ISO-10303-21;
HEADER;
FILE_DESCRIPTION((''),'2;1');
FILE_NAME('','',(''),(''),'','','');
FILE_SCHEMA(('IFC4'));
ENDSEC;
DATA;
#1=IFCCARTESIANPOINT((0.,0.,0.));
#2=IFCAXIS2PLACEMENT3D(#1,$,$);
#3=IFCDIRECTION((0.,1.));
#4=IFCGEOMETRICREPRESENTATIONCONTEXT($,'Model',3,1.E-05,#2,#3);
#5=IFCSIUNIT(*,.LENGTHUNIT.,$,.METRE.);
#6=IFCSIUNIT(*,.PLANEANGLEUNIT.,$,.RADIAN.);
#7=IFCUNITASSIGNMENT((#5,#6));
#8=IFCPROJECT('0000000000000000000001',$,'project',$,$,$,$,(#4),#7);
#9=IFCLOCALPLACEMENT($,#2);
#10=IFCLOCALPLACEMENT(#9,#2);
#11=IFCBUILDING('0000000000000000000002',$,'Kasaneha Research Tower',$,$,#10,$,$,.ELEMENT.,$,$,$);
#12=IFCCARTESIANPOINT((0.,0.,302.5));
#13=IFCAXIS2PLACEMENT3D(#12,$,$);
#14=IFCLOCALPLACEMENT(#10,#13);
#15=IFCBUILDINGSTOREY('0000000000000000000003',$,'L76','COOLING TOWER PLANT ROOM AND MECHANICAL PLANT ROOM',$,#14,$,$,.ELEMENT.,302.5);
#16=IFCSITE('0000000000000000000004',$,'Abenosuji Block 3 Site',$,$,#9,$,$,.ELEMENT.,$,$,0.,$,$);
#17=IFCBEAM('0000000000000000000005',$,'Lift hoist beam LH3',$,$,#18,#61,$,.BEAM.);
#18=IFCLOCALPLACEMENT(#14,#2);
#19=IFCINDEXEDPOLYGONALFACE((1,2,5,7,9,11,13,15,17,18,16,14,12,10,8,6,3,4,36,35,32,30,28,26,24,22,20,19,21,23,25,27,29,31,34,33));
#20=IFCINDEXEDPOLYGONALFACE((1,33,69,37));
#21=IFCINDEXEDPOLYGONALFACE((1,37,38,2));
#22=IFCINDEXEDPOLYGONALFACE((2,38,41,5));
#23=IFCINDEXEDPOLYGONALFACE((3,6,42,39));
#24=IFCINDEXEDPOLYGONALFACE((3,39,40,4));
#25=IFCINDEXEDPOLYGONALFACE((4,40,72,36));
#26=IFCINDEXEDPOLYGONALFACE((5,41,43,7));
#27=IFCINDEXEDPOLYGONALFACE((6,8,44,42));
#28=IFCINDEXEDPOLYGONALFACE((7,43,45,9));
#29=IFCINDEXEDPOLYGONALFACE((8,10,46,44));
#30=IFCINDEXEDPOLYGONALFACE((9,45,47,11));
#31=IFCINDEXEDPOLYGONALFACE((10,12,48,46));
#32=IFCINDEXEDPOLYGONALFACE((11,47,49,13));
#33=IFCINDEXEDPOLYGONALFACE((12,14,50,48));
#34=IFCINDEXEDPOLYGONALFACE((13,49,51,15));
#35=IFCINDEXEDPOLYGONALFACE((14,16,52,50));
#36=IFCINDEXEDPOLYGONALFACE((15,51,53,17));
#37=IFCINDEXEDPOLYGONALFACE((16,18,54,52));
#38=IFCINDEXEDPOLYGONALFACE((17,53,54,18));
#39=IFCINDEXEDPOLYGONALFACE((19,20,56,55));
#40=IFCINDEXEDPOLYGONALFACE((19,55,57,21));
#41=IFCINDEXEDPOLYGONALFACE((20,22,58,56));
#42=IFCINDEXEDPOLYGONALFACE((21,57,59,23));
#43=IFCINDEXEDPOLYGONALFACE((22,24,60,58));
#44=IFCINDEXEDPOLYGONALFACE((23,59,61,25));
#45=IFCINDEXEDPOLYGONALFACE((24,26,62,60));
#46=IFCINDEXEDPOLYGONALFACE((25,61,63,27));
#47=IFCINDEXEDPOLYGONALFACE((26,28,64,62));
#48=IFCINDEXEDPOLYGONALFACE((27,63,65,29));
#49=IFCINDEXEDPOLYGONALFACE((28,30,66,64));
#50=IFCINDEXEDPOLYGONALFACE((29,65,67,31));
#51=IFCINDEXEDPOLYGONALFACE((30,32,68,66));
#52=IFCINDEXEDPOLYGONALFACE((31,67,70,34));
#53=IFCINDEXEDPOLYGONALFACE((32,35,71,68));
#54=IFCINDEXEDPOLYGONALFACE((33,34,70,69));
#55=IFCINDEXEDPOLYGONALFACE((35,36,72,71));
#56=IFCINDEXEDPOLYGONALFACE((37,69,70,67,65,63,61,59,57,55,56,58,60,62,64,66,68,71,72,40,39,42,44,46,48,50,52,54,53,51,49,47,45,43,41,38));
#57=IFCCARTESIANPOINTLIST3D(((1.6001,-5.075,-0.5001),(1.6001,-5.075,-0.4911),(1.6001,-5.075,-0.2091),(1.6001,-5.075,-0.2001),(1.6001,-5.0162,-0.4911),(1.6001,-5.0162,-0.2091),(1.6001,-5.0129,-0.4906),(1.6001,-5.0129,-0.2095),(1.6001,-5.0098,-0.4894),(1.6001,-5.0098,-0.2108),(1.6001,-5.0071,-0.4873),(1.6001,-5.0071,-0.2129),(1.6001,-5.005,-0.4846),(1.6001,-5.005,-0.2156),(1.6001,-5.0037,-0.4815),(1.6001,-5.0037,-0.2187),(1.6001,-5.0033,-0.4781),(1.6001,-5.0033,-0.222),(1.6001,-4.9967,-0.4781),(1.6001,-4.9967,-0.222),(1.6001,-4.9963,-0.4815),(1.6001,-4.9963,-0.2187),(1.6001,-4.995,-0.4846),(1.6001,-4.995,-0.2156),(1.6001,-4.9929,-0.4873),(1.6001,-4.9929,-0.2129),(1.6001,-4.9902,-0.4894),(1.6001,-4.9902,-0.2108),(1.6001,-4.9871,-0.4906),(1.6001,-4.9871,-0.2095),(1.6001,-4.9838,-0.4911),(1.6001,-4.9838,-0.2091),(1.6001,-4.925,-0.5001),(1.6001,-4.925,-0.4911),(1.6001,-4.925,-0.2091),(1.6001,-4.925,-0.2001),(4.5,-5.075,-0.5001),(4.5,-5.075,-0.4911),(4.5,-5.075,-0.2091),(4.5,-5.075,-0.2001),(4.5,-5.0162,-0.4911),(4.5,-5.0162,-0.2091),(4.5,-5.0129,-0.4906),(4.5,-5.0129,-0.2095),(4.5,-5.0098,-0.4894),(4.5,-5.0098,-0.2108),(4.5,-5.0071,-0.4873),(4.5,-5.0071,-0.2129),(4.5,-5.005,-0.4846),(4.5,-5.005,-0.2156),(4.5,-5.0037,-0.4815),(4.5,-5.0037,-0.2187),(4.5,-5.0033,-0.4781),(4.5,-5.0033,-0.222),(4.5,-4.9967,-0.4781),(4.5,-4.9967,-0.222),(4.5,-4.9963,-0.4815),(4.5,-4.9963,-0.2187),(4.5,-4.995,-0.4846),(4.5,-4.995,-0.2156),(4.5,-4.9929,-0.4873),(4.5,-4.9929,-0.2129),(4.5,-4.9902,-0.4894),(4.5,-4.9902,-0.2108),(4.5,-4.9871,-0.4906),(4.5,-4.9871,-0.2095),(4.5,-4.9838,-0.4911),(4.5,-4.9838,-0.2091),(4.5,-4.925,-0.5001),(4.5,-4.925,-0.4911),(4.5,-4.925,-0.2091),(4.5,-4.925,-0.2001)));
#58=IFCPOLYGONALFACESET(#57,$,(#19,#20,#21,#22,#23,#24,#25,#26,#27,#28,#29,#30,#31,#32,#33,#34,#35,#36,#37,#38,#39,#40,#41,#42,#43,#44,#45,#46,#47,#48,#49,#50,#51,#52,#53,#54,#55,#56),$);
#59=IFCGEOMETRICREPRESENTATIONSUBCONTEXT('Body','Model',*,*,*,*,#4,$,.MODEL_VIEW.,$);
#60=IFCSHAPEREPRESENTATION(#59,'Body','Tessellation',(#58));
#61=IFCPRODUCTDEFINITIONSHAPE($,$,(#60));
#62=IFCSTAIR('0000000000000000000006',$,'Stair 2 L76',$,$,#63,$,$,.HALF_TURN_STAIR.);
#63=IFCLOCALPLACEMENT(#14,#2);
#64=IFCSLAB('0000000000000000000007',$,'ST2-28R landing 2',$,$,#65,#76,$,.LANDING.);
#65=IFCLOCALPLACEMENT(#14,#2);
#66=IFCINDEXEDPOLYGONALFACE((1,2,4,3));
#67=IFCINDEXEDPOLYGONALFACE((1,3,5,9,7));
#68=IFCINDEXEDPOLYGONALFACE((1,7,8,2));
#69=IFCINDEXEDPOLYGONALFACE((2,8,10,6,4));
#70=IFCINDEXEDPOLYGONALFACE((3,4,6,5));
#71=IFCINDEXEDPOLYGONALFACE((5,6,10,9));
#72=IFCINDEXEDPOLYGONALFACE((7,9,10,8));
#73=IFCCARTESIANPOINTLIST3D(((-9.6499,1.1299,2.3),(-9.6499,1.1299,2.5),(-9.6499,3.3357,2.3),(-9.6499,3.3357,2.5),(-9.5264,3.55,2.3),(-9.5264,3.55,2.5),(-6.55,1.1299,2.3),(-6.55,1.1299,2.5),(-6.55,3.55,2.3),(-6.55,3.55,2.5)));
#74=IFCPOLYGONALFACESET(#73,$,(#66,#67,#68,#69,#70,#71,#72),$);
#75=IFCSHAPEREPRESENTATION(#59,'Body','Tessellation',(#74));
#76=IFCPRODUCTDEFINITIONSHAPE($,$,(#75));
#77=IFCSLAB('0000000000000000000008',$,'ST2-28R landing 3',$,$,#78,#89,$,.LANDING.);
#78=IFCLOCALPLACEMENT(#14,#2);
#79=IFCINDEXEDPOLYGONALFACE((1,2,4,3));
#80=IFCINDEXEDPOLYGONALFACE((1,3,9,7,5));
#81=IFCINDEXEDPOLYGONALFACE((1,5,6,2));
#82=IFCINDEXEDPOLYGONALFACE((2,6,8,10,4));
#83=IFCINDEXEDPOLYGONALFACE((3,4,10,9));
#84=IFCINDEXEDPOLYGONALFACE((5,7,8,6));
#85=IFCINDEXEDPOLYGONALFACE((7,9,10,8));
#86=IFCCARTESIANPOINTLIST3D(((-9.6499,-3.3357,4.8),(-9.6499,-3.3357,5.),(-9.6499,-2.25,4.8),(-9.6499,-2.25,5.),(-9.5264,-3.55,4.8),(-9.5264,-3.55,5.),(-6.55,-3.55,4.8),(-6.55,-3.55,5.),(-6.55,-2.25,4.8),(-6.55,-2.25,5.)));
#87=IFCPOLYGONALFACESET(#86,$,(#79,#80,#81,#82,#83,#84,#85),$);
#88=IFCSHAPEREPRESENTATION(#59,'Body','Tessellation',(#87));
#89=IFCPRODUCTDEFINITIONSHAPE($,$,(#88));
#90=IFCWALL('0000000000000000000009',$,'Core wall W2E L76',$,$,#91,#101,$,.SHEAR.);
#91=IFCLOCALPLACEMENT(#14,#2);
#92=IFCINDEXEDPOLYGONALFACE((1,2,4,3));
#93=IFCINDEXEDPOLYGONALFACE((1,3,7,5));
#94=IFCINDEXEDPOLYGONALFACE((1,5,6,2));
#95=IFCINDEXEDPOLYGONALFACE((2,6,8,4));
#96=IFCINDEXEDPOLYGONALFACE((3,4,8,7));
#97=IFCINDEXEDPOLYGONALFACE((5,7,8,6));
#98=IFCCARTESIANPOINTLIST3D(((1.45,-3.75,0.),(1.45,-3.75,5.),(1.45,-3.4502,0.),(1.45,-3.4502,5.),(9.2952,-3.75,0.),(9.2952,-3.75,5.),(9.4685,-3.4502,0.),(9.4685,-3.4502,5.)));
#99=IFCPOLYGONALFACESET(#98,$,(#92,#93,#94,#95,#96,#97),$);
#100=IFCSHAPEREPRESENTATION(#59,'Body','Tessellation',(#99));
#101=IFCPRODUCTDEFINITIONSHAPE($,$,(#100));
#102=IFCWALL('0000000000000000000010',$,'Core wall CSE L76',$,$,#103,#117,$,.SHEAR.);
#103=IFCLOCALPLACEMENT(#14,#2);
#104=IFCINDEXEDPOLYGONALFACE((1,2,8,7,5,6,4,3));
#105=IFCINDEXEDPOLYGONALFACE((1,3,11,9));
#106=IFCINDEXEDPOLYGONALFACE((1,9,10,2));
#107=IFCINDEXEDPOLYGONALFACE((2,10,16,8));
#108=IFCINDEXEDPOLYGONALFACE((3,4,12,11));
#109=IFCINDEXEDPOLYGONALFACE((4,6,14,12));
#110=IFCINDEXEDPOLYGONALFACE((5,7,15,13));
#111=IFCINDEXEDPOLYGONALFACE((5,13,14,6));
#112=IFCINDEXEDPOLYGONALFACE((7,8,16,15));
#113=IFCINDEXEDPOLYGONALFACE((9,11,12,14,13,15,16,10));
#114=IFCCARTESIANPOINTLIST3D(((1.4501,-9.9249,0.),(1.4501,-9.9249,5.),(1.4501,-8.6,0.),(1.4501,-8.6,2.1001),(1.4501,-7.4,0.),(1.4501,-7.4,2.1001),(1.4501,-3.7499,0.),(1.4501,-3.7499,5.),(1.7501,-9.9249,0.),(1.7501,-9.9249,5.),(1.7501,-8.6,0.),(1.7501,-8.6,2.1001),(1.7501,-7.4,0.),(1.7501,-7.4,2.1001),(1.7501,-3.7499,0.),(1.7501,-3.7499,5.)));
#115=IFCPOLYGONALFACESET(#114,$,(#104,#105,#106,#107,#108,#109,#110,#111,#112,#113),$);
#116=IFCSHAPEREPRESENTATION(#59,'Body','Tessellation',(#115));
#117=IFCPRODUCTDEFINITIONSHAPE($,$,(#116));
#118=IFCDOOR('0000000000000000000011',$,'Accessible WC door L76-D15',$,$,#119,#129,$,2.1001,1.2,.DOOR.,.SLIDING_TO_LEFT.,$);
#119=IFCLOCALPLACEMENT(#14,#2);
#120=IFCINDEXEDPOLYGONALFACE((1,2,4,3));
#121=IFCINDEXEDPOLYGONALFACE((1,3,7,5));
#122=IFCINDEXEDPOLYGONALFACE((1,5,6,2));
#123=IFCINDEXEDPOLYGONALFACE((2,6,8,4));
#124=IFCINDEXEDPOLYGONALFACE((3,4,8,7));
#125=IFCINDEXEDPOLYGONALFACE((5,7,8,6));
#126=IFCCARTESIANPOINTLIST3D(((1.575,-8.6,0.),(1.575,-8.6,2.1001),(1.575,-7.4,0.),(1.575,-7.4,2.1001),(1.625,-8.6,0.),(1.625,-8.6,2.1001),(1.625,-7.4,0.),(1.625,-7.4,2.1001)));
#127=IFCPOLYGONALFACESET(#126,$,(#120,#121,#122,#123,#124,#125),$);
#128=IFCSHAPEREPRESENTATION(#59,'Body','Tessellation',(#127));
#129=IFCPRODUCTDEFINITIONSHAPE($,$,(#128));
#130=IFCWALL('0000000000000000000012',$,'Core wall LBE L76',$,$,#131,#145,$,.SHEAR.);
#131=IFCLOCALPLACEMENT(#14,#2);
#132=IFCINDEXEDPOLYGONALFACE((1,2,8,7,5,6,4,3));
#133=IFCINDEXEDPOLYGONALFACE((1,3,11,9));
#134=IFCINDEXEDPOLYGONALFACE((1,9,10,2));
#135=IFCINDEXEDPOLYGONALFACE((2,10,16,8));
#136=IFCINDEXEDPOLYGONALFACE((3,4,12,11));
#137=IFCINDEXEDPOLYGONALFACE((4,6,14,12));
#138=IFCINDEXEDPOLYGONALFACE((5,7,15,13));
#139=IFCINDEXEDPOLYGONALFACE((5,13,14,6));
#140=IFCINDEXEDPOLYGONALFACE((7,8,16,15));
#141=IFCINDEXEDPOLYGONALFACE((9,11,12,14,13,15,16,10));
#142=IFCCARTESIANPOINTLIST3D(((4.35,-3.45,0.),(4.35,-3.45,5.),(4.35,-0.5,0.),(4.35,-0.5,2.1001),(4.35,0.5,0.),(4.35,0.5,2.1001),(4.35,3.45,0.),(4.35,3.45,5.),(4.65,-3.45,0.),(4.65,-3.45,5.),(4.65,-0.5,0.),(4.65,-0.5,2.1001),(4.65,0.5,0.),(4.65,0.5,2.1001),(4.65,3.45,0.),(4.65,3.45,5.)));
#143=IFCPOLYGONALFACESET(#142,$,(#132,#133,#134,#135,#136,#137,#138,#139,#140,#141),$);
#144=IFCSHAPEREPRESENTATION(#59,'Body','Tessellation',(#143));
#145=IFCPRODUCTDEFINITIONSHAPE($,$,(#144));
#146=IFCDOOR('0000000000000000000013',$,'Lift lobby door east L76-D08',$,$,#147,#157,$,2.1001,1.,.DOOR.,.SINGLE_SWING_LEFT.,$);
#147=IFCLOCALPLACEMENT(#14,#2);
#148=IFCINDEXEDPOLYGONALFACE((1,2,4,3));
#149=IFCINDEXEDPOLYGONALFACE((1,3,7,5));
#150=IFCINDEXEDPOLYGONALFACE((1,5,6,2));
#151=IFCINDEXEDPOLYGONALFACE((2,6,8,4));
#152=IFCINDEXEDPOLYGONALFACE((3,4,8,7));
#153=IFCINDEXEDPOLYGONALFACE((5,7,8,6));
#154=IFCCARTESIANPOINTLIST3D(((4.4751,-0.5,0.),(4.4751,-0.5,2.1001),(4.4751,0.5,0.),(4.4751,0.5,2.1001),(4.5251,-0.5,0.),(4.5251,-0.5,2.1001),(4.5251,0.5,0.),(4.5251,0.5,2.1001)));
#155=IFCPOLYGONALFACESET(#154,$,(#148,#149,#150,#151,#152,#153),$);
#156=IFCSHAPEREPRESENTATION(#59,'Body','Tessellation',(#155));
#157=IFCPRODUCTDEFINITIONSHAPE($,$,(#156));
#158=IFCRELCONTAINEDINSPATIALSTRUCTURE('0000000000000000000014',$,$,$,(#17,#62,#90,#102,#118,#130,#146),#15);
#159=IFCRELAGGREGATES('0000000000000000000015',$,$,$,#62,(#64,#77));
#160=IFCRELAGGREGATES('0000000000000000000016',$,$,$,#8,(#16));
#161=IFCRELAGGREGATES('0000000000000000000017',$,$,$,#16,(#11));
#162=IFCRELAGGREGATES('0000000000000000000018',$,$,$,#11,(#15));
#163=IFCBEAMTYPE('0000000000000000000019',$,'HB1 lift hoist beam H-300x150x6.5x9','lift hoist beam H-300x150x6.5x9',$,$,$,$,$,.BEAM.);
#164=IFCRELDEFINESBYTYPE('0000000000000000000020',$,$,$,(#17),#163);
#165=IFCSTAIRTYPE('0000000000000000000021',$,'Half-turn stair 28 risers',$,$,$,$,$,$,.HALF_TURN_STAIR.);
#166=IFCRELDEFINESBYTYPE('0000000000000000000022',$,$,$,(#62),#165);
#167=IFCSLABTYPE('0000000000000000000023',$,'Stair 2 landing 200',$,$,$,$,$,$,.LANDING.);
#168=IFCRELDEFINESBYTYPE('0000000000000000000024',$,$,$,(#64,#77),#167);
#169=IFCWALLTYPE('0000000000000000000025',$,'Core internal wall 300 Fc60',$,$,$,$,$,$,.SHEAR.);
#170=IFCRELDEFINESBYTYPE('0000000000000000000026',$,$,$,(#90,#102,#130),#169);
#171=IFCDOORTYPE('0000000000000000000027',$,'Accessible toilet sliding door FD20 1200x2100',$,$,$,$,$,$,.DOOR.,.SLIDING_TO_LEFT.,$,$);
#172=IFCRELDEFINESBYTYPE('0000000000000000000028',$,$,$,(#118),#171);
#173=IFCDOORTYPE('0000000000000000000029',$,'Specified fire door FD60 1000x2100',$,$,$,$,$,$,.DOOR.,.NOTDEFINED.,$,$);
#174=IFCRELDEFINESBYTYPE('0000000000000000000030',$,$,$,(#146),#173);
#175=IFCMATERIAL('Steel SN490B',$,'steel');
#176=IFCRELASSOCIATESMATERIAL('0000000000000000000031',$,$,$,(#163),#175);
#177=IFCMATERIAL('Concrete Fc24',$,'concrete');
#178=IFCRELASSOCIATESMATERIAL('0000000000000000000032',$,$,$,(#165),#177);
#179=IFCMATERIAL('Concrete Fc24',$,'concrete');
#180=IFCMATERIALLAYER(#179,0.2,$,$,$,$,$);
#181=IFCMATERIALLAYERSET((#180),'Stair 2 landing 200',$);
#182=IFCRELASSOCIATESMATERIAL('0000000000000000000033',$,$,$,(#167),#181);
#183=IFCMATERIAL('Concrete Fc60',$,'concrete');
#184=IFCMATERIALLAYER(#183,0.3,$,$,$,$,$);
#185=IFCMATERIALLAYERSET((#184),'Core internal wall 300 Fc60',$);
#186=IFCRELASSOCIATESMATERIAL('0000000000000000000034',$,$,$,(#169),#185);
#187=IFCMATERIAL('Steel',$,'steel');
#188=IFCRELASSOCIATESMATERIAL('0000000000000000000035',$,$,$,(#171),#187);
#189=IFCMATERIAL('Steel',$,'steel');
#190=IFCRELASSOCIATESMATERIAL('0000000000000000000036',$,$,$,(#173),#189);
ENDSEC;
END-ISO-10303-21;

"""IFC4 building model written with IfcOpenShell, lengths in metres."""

from ifc_helpers import new_model, si_unit, direction, frame, frame_2d, origin, origin_2d, place, context, subcontext, project, spatial, polyline, rectangle, i_section, outline, extrude, material, layer, layer_set, material_profile, profile_set, type_object, element, fill, aggregate, save


model = new_model("IFC4")

# Units and contexts
model_context = context("Model", 3, precision=1e-05, world=origin(), true_north=direction((0.0, 1.0)))
body_context = subcontext(model_context, "Body", "Model", "MODEL_VIEW")
ifc_project = project(units=[si_unit("LENGTHUNIT", "METRE"), si_unit("PLANEANGLEUNIT", "RADIAN")], contexts=[model_context])

# Site, building, storey
site_placement = place(None, origin())
site = spatial("IfcSite", under=ifc_project, at=site_placement, Name="Abenosuji Block 3 Site", CompositionType="ELEMENT", RefElevation=0.0)
building_placement = place(site_placement, origin())
building = spatial("IfcBuilding", under=site, at=building_placement, Name="Kasaneha Research Tower", CompositionType="ELEMENT")
storey_placement = place(building_placement, frame((0.0, 0.0, 302.5)))
storey = spatial("IfcBuildingStorey", under=building, at=storey_placement, Name="L76", Description="COOLING TOWER PLANT ROOM AND MECHANICAL PLANT ROOM", CompositionType="ELEMENT", Elevation=302.5)

# Beam
ifc_material_1 = material(Name="Steel SN490B", Category="steel")
ifc_material_profile_1 = material_profile(ifc_material_1, i_section(OverallWidth=0.1499, OverallDepth=0.3, WebThickness=0.0066, FlangeThickness=0.009, FilletRadius=0.0129, at=origin_2d()), Name="H-300x150x6.5x9")
ifc_profile_set_1 = profile_set([ifc_material_profile_1], Name="Steel SN490B")
beam_type_1 = type_object("IfcBeamType", Name="HB1 lift hoist beam H-300x150x6.5x9", Description="lift hoist beam H-300x150x6.5x9", PredefinedType="BEAM", material=ifc_profile_set_1)
beam_1_placement = place(storey_placement, frame((1.6001, -5.0, -0.3501), z_axis=(1.0, 0.0, 0.0), x_axis=(0.0, 1.0, 0.0)))
element("IfcBeam", 1, at=beam_1_placement, inside=storey, type_object=beam_type_1, Name="Lift hoist beam LH3", PredefinedType="BEAM", context=body_context, shape_type="SweptSolid", body=[
    extrude(i_section(OverallWidth=0.1499, OverallDepth=0.3, WebThickness=0.0066, FlangeThickness=0.009, FilletRadius=0.0129, at=origin_2d()), origin(), (0.0, 0.0, 1.0), 2.8999),
])

# Stair, slabs
ifc_material_2 = material(Name="Concrete Fc24", Category="concrete")
stair_type = type_object("IfcStairType", Name="Half-turn stair 28 risers", PredefinedType="HALF_TURN_STAIR", material=ifc_material_2)
stair_placement = place(storey_placement, origin())
stair = element("IfcStair", 2, at=stair_placement, inside=storey, type_object=stair_type, Name="Stair 2 L76", PredefinedType="HALF_TURN_STAIR")
ifc_material_3 = material(Name="Concrete Fc24", Category="concrete")
ifc_layer_1 = layer(ifc_material_3, 0.2)
ifc_layer_set_1 = layer_set([ifc_layer_1], Name="Stair 2 landing 200")
slab_type = type_object("IfcSlabType", Name="Stair 2 landing 200", PredefinedType="LANDING", material=ifc_layer_set_1)
slab_1_placement = place(storey_placement, frame((0.0, 0.0, 2.3)))
slab_1 = element("IfcSlab", 3, at=slab_1_placement, type_object=slab_type, Name="ST2-28R landing 2", PredefinedType="LANDING", context=body_context, shape_type="SweptSolid", body=[
    extrude(outline(polyline([(-6.55, 1.1299), (-9.6499, 1.1299), (-9.6499, 3.3357), (-9.5264, 3.55), (-6.55, 3.55), (-6.55, 1.1299)])), origin(), (0.0, 0.0, 1.0), 0.2),
])
slab_2_placement = place(storey_placement, frame((0.0, 0.0, 4.8)))
slab_2 = element("IfcSlab", 4, at=slab_2_placement, type_object=slab_type, Name="ST2-28R landing 3", PredefinedType="LANDING", context=body_context, shape_type="SweptSolid", body=[
    extrude(outline(polyline([(-6.55, -3.55), (-9.5264, -3.55), (-9.6499, -3.3357), (-9.6499, -2.25), (-6.55, -2.25), (-6.55, -3.55)])), origin(), (0.0, 0.0, 1.0), 0.2),
])
aggregate(stair, [slab_1, slab_2])

# Wall
ifc_material_4 = material(Name="Concrete Fc60", Category="concrete")
ifc_layer_2 = layer(ifc_material_4, 0.3)
ifc_layer_set_2 = layer_set([ifc_layer_2], Name="Core internal wall 300 Fc60")
wall_type_1 = type_object("IfcWallType", Name="Core internal wall 300 Fc60", PredefinedType="SHEAR", material=ifc_layer_set_2)
wall_1_placement = place(storey_placement, frame((1.45, -3.6001, 0.0), z_axis=(0.0, 0.0, 1.0), x_axis=(1.0, 0.0, 0.0)))
element("IfcWall", 5, at=wall_1_placement, inside=storey, type_object=wall_type_1, Name="Core wall W2E L76", PredefinedType="SHEAR", context=body_context, shape_type="SweptSolid", body=[
    extrude(outline(polyline([(0.0, -0.1499), (7.8452, -0.1499), (8.0186, 0.1499), (0.0, 0.1499), (0.0, -0.1499)])), origin(), (0.0, 0.0, 1.0), 5.0),
])

# Walls, openings, doors
wall_2_placement = place(storey_placement, frame((1.6001, -3.75, 0.0), z_axis=(0.0, 0.0, 1.0), x_axis=(0.0, -1.0, 0.0)))
wall_2 = element("IfcWall", 6, at=wall_2_placement, inside=storey, type_object=wall_type_1, Name="Core wall CSE L76", PredefinedType="SHEAR", context=body_context, shape_type="SweptSolid", body=[
    extrude(rectangle(XDim=6.175, YDim=0.3, at=frame_2d((3.0874, 0.0))), origin(), (0.0, 0.0, 1.0), 5.0),
])
opening_1_placement = place(wall_2_placement, frame((3.6499, 0.0, 0.0)))
opening_1 = element("IfcOpeningElement", 7, at=opening_1_placement, cuts=wall_2, PredefinedType="OPENING", context=body_context, shape_type="SweptSolid", body=[
    extrude(rectangle(XDim=1.2, YDim=2.1001, at=frame_2d((0.6001, 1.05))), frame((0.0, 0.1602, 0.0), z_axis=(0.0, -1.0, 0.0), x_axis=(1.0, 0.0, 0.0)), (0.0, 0.0, 1.0), 0.3201),
])
ifc_material_5 = material(Name="Steel", Category="steel")
door_type_1 = type_object("IfcDoorType", Name="Accessible toilet sliding door FD20 1200x2100", OperationType="SLIDING_TO_LEFT", PredefinedType="DOOR", material=ifc_material_5)
door_1_placement = place(opening_1_placement, origin())
door_1 = element("IfcDoor", 8, at=door_1_placement, inside=storey, type_object=door_type_1, Name="Accessible WC door L76-D15", OperationType="SLIDING_TO_LEFT", OverallHeight=2.1001, OverallWidth=1.2, PredefinedType="DOOR", context=body_context, shape_type="SweptSolid", body=[
    extrude(rectangle(XDim=1.2, YDim=2.1001, at=frame_2d((0.6001, 1.05))), frame((0.0, 0.0249, 0.0), z_axis=(0.0, -1.0, 0.0), x_axis=(1.0, 0.0, 0.0)), (0.0, 0.0, 1.0), 0.05),
])
fill(opening_1, door_1)
wall_3_placement = place(storey_placement, frame((4.5, -3.45, 0.0), z_axis=(0.0, 0.0, 1.0), x_axis=(0.0, 1.0, 0.0)))
wall_3 = element("IfcWall", 9, at=wall_3_placement, inside=storey, type_object=wall_type_1, Name="Core wall LBE L76", PredefinedType="SHEAR", context=body_context, shape_type="SweptSolid", body=[
    extrude(rectangle(XDim=6.8999, YDim=0.3, at=frame_2d((3.45, 0.0))), origin(), (0.0, 0.0, 1.0), 5.0),
])
opening_2_placement = place(wall_3_placement, frame((2.95, 0.0, 0.0)))
opening_2 = element("IfcOpeningElement", 10, at=opening_2_placement, cuts=wall_3, PredefinedType="OPENING", context=body_context, shape_type="SweptSolid", body=[
    extrude(rectangle(XDim=1.0, YDim=2.1001, at=frame_2d((0.5, 1.05))), frame((0.0, 0.1602, 0.0), z_axis=(0.0, -1.0, 0.0), x_axis=(1.0, 0.0, 0.0)), (0.0, 0.0, 1.0), 0.3201),
])
ifc_material_6 = material(Name="Steel", Category="steel")
door_type_2 = type_object("IfcDoorType", Name="Specified fire door FD60 1000x2100", OperationType="NOTDEFINED", PredefinedType="DOOR", material=ifc_material_6)
door_2_placement = place(opening_2_placement, origin())
door_2 = element("IfcDoor", 11, at=door_2_placement, inside=storey, type_object=door_type_2, Name="Lift lobby door east L76-D08", OperationType="SINGLE_SWING_LEFT", OverallHeight=2.1001, OverallWidth=1.0, PredefinedType="DOOR", context=body_context, shape_type="SweptSolid", body=[
    extrude(rectangle(XDim=1.0, YDim=2.1001, at=frame_2d((0.5, 1.05))), frame((0.0, 0.0249, 0.0), z_axis=(0.0, -1.0, 0.0), x_axis=(1.0, 0.0, 0.0)), (0.0, 0.0, 1.0), 0.05),
])
fill(opening_2, door_2)

save(model, "model.ifc")
